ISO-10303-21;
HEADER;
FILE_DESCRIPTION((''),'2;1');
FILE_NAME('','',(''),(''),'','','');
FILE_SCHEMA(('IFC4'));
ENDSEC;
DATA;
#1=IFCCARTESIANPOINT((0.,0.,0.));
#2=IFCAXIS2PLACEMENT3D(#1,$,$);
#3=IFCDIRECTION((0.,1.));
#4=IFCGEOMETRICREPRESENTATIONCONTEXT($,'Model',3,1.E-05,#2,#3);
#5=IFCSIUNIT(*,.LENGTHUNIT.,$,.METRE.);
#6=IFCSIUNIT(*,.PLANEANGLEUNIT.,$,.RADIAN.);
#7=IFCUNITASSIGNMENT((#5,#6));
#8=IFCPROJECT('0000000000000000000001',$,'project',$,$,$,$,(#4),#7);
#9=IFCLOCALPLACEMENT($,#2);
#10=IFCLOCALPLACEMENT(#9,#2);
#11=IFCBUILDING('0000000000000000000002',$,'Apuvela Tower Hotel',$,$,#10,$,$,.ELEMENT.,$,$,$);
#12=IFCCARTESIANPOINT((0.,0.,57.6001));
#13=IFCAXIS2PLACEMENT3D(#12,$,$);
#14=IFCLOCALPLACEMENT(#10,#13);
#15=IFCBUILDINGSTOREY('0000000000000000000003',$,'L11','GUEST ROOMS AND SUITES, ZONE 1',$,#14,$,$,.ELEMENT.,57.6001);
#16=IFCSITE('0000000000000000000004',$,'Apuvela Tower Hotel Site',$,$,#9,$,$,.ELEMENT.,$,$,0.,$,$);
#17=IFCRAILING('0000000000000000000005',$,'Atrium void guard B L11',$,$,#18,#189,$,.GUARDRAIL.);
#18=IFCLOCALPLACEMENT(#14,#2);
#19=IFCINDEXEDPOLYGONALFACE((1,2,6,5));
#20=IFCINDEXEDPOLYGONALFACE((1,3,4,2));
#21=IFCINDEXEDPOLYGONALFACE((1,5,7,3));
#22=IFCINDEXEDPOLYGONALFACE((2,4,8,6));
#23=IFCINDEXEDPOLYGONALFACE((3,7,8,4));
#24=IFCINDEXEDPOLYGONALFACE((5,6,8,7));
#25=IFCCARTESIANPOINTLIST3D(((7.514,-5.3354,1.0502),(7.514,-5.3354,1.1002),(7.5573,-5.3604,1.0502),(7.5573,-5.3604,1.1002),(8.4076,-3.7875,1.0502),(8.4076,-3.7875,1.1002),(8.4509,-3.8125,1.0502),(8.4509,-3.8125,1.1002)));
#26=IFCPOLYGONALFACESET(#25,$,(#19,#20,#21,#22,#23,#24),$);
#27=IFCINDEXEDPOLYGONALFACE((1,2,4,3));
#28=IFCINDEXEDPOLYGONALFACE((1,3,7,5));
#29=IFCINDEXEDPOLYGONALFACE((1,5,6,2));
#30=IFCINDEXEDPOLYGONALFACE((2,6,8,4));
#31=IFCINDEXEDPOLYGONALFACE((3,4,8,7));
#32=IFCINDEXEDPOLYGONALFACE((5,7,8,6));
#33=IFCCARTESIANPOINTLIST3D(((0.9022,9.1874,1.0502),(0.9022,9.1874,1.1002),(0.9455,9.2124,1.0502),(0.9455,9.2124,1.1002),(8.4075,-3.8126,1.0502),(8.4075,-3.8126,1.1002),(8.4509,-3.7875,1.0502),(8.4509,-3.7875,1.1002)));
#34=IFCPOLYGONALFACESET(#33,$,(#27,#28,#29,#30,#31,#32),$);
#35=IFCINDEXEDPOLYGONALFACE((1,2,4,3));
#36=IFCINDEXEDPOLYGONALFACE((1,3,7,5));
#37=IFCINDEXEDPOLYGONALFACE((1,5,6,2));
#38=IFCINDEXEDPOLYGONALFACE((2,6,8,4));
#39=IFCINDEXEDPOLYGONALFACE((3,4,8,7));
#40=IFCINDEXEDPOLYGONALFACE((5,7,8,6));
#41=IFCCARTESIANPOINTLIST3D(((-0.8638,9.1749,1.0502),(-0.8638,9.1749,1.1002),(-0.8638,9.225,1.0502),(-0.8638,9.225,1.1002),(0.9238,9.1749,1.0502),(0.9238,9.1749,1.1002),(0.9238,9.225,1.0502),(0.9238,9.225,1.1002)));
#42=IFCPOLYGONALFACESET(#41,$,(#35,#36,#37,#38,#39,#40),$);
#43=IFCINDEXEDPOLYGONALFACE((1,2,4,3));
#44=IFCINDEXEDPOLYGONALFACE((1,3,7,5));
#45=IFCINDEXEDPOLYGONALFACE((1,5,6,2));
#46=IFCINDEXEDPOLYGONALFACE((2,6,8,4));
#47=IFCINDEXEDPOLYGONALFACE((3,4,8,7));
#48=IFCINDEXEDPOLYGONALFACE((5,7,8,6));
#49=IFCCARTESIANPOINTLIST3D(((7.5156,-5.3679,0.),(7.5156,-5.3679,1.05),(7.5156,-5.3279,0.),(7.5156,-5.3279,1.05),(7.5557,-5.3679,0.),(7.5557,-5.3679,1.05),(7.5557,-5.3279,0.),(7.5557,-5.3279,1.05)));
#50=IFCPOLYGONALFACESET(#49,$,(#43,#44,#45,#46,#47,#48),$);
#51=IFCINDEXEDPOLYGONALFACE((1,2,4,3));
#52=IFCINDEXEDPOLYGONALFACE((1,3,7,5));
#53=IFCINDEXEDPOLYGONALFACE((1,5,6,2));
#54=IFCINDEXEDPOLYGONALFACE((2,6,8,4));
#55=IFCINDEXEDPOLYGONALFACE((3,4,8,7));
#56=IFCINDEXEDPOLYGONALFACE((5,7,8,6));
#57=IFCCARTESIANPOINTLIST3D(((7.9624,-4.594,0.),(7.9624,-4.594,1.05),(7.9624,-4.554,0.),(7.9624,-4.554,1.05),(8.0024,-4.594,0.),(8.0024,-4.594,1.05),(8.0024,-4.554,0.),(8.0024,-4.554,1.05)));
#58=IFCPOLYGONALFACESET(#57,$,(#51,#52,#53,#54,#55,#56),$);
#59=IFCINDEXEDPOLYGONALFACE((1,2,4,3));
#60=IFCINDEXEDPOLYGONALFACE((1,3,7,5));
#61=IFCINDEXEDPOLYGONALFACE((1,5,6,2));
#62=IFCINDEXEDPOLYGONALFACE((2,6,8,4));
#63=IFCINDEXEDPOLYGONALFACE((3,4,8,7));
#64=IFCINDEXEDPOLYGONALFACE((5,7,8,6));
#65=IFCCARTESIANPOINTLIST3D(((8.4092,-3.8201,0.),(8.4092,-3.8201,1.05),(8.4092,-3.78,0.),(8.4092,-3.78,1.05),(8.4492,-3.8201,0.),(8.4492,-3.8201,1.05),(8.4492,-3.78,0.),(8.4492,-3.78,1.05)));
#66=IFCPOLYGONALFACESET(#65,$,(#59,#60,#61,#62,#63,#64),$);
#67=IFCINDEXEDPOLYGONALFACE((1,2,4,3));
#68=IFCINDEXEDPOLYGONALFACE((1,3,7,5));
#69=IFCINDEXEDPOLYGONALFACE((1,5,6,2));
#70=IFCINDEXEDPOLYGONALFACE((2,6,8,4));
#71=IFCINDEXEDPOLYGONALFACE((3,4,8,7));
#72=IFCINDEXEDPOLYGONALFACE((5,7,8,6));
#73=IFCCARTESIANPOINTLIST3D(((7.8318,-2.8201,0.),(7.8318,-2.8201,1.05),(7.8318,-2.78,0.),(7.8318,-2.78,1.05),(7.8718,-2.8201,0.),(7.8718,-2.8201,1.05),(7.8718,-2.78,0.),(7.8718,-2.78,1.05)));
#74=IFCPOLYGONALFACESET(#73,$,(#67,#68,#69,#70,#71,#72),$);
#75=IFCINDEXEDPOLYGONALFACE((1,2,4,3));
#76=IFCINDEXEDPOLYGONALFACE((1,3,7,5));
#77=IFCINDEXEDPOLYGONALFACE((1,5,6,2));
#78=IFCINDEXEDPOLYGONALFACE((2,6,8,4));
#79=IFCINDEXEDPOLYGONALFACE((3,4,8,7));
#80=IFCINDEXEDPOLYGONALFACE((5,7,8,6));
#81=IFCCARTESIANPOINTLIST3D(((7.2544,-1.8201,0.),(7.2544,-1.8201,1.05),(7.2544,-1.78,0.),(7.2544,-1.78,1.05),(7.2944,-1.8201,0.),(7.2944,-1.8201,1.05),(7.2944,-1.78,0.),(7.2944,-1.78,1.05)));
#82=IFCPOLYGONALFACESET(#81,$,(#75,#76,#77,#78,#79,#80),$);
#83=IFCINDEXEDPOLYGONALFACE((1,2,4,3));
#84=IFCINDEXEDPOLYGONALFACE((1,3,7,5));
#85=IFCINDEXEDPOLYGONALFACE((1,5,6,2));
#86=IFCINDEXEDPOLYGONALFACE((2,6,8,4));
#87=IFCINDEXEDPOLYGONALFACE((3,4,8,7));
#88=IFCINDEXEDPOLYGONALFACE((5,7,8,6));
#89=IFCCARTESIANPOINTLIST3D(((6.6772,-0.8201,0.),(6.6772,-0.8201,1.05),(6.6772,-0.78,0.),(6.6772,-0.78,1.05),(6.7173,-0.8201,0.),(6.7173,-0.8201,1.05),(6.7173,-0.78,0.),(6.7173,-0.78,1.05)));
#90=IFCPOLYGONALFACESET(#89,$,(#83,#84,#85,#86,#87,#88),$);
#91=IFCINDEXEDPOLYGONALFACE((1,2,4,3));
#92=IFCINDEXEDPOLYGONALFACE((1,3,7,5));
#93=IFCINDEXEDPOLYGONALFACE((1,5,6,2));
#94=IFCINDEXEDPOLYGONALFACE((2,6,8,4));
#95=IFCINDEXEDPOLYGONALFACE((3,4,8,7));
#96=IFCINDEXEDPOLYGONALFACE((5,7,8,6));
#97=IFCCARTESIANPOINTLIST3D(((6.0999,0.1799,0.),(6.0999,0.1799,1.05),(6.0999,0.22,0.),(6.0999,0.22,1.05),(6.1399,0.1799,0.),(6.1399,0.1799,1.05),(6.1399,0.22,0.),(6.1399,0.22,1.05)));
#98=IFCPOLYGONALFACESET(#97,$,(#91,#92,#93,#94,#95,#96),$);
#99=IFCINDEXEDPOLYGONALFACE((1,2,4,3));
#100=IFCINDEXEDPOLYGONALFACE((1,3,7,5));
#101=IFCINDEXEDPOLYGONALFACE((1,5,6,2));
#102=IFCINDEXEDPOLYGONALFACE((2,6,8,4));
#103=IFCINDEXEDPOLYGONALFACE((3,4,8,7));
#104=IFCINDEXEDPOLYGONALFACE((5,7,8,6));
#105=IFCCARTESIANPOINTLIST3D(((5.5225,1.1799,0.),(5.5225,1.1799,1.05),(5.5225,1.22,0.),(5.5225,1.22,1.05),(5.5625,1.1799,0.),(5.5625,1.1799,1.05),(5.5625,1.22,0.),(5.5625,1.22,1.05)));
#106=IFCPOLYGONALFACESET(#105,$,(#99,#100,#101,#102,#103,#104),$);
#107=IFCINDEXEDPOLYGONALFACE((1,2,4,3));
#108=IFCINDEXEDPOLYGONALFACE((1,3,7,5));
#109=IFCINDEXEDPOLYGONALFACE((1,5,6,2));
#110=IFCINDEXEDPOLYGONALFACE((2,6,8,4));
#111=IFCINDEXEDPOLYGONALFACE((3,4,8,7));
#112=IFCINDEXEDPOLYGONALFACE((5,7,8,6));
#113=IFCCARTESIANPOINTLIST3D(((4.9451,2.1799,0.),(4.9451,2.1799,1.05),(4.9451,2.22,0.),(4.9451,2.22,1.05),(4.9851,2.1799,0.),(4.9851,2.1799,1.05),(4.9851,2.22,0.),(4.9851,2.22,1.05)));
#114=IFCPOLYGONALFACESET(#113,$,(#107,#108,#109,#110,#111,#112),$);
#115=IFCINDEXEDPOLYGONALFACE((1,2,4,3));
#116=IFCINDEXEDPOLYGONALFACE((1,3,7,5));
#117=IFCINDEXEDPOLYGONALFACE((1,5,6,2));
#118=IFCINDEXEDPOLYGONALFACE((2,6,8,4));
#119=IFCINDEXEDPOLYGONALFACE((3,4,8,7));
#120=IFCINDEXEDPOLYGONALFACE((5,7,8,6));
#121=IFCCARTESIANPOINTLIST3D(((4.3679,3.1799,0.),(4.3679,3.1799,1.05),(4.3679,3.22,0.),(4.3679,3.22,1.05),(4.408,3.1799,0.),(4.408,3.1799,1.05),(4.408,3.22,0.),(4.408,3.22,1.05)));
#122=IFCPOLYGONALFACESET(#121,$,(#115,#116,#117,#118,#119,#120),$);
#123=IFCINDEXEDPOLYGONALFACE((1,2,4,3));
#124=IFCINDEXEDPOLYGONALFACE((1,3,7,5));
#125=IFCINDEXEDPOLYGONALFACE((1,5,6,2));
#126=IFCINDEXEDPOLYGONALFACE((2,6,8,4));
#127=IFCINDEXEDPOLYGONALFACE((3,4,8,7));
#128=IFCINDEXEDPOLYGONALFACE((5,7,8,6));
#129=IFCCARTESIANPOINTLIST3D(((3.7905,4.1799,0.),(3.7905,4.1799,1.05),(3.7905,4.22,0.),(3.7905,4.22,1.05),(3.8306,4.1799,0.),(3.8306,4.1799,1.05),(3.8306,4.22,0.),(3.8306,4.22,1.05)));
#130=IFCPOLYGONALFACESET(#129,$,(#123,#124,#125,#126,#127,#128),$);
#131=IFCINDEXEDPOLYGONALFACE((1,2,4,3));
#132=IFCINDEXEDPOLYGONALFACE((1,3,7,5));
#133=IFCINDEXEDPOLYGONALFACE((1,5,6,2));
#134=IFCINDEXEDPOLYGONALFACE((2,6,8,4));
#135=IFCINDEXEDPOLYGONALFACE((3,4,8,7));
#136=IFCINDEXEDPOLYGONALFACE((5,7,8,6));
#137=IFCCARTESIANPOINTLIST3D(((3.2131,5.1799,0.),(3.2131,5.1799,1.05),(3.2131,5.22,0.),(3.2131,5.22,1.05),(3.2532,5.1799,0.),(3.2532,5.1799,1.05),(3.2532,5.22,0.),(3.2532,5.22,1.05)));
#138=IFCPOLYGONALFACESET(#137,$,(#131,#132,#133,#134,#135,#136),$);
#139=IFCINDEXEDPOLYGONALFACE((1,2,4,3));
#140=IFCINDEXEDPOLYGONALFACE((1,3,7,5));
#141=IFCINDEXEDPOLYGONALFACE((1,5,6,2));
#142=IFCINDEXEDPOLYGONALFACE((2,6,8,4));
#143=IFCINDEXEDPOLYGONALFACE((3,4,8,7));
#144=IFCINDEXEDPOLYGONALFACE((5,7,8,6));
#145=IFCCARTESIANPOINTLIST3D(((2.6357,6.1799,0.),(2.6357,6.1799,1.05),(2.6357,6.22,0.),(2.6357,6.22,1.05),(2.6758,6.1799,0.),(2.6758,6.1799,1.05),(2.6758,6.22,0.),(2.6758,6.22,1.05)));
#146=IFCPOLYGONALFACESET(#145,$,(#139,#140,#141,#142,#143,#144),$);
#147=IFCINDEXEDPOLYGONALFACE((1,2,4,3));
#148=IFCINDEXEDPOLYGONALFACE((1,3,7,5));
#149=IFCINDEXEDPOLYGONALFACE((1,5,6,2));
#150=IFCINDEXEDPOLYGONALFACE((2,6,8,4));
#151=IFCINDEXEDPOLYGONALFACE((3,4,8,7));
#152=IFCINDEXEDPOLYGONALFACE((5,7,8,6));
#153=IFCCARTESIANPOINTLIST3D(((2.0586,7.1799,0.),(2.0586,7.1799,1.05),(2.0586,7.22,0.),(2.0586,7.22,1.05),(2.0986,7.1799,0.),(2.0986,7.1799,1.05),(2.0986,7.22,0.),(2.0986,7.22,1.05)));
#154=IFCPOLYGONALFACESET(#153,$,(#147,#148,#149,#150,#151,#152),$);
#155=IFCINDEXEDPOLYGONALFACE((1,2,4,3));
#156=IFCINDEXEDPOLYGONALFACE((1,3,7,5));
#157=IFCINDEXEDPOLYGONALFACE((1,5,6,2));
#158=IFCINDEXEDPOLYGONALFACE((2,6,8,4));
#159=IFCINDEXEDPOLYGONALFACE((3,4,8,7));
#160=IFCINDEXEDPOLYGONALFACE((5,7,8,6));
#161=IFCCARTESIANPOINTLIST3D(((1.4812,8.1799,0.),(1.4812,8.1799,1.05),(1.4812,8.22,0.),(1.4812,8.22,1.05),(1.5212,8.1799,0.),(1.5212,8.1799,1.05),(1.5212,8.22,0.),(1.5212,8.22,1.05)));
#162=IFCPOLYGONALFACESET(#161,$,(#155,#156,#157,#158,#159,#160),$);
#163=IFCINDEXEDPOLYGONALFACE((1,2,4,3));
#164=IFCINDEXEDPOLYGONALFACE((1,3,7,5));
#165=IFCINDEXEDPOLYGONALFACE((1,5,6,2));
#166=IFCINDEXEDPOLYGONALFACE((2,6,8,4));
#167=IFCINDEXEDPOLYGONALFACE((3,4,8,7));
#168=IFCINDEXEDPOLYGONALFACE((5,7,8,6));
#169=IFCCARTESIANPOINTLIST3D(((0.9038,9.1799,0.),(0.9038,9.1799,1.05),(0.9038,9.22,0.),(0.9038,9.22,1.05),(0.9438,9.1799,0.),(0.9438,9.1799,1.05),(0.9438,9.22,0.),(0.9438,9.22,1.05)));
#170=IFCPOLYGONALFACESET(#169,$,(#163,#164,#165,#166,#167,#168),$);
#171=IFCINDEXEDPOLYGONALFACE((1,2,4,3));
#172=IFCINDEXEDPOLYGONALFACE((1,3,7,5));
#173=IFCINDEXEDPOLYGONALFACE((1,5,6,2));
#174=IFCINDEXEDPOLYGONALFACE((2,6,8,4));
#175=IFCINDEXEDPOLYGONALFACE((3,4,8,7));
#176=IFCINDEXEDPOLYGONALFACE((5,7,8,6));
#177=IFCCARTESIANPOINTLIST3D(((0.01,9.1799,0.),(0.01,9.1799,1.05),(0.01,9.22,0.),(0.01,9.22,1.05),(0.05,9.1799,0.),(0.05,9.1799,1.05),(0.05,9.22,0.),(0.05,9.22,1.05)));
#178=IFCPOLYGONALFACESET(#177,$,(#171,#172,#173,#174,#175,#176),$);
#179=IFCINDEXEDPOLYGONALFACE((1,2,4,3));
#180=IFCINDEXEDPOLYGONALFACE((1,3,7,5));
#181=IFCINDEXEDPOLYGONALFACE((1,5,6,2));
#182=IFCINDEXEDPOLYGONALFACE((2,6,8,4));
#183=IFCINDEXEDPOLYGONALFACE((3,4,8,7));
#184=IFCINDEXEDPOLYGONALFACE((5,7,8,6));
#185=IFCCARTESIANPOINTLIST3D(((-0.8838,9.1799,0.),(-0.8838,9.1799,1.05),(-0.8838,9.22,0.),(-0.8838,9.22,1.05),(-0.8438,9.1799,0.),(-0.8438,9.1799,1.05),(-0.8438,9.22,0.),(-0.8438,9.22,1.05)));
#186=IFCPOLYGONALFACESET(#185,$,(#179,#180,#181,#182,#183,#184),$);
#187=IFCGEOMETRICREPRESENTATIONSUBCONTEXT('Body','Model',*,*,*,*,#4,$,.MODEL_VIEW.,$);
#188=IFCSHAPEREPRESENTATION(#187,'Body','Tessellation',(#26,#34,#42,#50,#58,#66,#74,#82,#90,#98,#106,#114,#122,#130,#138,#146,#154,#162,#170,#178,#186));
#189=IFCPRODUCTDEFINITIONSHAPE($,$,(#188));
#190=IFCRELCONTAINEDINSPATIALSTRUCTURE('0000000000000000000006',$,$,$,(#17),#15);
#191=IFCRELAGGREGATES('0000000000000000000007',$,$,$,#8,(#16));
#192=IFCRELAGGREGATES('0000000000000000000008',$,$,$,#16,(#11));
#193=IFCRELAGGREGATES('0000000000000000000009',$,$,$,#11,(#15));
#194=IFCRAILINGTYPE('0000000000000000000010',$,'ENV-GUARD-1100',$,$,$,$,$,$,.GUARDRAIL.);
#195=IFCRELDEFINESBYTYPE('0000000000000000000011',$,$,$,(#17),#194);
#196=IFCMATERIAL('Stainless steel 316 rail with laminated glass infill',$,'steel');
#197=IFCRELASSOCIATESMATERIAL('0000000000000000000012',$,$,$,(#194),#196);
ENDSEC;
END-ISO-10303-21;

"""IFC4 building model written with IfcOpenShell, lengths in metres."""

from ifc_helpers import new_model, si_unit, direction, frame, origin, origin_2d, place, context, subcontext, project, spatial, rectangle, extrude, material, type_object, element, save


model = new_model("IFC4")

# Units and contexts
model_context = context("Model", 3, precision=1e-05, world=origin(), true_north=direction((0.0, 1.0)))
body_context = subcontext(model_context, "Body", "Model", "MODEL_VIEW")
ifc_project = project(units=[si_unit("LENGTHUNIT", "METRE"), si_unit("PLANEANGLEUNIT", "RADIAN")], contexts=[model_context])

# Site, building, storey
site_placement = place(None, origin())
site = spatial("IfcSite", under=ifc_project, at=site_placement, Name="Apuvela Tower Hotel Site", CompositionType="ELEMENT", RefElevation=0.0)
building_placement = place(site_placement, origin())
building = spatial("IfcBuilding", under=site, at=building_placement, Name="Apuvela Tower Hotel", CompositionType="ELEMENT")
storey_placement = place(building_placement, frame((0.0, 0.0, 57.6001)))
storey = spatial("IfcBuildingStorey", under=building, at=storey_placement, Name="L11", Description="GUEST ROOMS AND SUITES, ZONE 1", CompositionType="ELEMENT", Elevation=57.6001)

# Railing
ifc_material_1 = material(Name="Stainless steel 316 rail with laminated glass infill", Category="steel")
railing_type_1 = type_object("IfcRailingType", Name="ENV-GUARD-1100", PredefinedType="GUARDRAIL", material=ifc_material_1)
railing_1_placement = place(storey_placement, frame((7.5356, -5.3479, 0.0)))
element("IfcRailing", 1, at=railing_1_placement, inside=storey, type_object=railing_type_1, Name="Atrium void guard B L11", PredefinedType="GUARDRAIL", context=body_context, shape_type="SweptSolid", body=[
    extrude(rectangle(XDim=0.05, YDim=0.05, at=origin_2d()), frame((0.0, 0.0, 1.0752), z_axis=(0.499959, 0.866049, 0.0), x_axis=(-0.866049, 0.499959, 0.0)), (0.0, 0.0, 1.0), 1.7874),
    extrude(rectangle(XDim=0.05, YDim=0.05, at=origin_2d()), frame((0.8936, 1.5479, 1.0752), z_axis=(-0.499991, 0.866031, 0.0), x_axis=(-0.866031, -0.499991, 0.0)), (0.0, 0.0, 1.0), 15.011),
    extrude(rectangle(XDim=0.05, YDim=0.05, at=origin_2d()), frame((-6.6118, 14.5479, 1.0752), z_axis=(-1.0, 0.0, 0.0), x_axis=(0.0, -1.0, 0.0)), (0.0, 0.0, 1.0), 1.7876),
    extrude(rectangle(XDim=0.04, YDim=0.04, at=origin_2d()), origin(), (0.0, 0.0, 1.0), 1.05),
    extrude(rectangle(XDim=0.04, YDim=0.04, at=origin_2d()), frame((0.4468, 0.7739, 0.0)), (0.0, 0.0, 1.0), 1.05),
    extrude(rectangle(XDim=0.04, YDim=0.04, at=origin_2d()), frame((0.8936, 1.5479, 0.0)), (0.0, 0.0, 1.0), 1.05),
    extrude(rectangle(XDim=0.04, YDim=0.04, at=origin_2d()), frame((0.3162, 2.5479, 0.0)), (0.0, 0.0, 1.0), 1.05),
    extrude(rectangle(XDim=0.04, YDim=0.04, at=origin_2d()), frame((-0.2612, 3.5479, 0.0)), (0.0, 0.0, 1.0), 1.05),
    extrude(rectangle(XDim=0.04, YDim=0.04, at=origin_2d()), frame((-0.8384, 4.5479, 0.0)), (0.0, 0.0, 1.0), 1.05),
    extrude(rectangle(XDim=0.04, YDim=0.04, at=origin_2d()), frame((-1.4158, 5.5479, 0.0)), (0.0, 0.0, 1.0), 1.05),
    extrude(rectangle(XDim=0.04, YDim=0.04, at=origin_2d()), frame((-1.9932, 6.5479, 0.0)), (0.0, 0.0, 1.0), 1.05),
    extrude(rectangle(XDim=0.04, YDim=0.04, at=origin_2d()), frame((-2.5706, 7.5479, 0.0)), (0.0, 0.0, 1.0), 1.05),
    extrude(rectangle(XDim=0.04, YDim=0.04, at=origin_2d()), frame((-3.1477, 8.5479, 0.0)), (0.0, 0.0, 1.0), 1.05),
    extrude(rectangle(XDim=0.04, YDim=0.04, at=origin_2d()), frame((-3.7251, 9.5479, 0.0)), (0.0, 0.0, 1.0), 1.05),
    extrude(rectangle(XDim=0.04, YDim=0.04, at=origin_2d()), frame((-4.3025, 10.5479, 0.0)), (0.0, 0.0, 1.0), 1.05),
    extrude(rectangle(XDim=0.04, YDim=0.04, at=origin_2d()), frame((-4.8799, 11.5479, 0.0)), (0.0, 0.0, 1.0), 1.05),
    extrude(rectangle(XDim=0.04, YDim=0.04, at=origin_2d()), frame((-5.457, 12.5479, 0.0)), (0.0, 0.0, 1.0), 1.05),
    extrude(rectangle(XDim=0.04, YDim=0.04, at=origin_2d()), frame((-6.0344, 13.5479, 0.0)), (0.0, 0.0, 1.0), 1.05),
    extrude(rectangle(XDim=0.04, YDim=0.04, at=origin_2d()), frame((-6.6118, 14.5479, 0.0)), (0.0, 0.0, 1.0), 1.05),
    extrude(rectangle(XDim=0.04, YDim=0.04, at=origin_2d()), frame((-7.5056, 14.5479, 0.0)), (0.0, 0.0, 1.0), 1.05),
    extrude(rectangle(XDim=0.04, YDim=0.04, at=origin_2d()), frame((-8.3994, 14.5479, 0.0)), (0.0, 0.0, 1.0), 1.05),
])

save(model, "model.ifc")
